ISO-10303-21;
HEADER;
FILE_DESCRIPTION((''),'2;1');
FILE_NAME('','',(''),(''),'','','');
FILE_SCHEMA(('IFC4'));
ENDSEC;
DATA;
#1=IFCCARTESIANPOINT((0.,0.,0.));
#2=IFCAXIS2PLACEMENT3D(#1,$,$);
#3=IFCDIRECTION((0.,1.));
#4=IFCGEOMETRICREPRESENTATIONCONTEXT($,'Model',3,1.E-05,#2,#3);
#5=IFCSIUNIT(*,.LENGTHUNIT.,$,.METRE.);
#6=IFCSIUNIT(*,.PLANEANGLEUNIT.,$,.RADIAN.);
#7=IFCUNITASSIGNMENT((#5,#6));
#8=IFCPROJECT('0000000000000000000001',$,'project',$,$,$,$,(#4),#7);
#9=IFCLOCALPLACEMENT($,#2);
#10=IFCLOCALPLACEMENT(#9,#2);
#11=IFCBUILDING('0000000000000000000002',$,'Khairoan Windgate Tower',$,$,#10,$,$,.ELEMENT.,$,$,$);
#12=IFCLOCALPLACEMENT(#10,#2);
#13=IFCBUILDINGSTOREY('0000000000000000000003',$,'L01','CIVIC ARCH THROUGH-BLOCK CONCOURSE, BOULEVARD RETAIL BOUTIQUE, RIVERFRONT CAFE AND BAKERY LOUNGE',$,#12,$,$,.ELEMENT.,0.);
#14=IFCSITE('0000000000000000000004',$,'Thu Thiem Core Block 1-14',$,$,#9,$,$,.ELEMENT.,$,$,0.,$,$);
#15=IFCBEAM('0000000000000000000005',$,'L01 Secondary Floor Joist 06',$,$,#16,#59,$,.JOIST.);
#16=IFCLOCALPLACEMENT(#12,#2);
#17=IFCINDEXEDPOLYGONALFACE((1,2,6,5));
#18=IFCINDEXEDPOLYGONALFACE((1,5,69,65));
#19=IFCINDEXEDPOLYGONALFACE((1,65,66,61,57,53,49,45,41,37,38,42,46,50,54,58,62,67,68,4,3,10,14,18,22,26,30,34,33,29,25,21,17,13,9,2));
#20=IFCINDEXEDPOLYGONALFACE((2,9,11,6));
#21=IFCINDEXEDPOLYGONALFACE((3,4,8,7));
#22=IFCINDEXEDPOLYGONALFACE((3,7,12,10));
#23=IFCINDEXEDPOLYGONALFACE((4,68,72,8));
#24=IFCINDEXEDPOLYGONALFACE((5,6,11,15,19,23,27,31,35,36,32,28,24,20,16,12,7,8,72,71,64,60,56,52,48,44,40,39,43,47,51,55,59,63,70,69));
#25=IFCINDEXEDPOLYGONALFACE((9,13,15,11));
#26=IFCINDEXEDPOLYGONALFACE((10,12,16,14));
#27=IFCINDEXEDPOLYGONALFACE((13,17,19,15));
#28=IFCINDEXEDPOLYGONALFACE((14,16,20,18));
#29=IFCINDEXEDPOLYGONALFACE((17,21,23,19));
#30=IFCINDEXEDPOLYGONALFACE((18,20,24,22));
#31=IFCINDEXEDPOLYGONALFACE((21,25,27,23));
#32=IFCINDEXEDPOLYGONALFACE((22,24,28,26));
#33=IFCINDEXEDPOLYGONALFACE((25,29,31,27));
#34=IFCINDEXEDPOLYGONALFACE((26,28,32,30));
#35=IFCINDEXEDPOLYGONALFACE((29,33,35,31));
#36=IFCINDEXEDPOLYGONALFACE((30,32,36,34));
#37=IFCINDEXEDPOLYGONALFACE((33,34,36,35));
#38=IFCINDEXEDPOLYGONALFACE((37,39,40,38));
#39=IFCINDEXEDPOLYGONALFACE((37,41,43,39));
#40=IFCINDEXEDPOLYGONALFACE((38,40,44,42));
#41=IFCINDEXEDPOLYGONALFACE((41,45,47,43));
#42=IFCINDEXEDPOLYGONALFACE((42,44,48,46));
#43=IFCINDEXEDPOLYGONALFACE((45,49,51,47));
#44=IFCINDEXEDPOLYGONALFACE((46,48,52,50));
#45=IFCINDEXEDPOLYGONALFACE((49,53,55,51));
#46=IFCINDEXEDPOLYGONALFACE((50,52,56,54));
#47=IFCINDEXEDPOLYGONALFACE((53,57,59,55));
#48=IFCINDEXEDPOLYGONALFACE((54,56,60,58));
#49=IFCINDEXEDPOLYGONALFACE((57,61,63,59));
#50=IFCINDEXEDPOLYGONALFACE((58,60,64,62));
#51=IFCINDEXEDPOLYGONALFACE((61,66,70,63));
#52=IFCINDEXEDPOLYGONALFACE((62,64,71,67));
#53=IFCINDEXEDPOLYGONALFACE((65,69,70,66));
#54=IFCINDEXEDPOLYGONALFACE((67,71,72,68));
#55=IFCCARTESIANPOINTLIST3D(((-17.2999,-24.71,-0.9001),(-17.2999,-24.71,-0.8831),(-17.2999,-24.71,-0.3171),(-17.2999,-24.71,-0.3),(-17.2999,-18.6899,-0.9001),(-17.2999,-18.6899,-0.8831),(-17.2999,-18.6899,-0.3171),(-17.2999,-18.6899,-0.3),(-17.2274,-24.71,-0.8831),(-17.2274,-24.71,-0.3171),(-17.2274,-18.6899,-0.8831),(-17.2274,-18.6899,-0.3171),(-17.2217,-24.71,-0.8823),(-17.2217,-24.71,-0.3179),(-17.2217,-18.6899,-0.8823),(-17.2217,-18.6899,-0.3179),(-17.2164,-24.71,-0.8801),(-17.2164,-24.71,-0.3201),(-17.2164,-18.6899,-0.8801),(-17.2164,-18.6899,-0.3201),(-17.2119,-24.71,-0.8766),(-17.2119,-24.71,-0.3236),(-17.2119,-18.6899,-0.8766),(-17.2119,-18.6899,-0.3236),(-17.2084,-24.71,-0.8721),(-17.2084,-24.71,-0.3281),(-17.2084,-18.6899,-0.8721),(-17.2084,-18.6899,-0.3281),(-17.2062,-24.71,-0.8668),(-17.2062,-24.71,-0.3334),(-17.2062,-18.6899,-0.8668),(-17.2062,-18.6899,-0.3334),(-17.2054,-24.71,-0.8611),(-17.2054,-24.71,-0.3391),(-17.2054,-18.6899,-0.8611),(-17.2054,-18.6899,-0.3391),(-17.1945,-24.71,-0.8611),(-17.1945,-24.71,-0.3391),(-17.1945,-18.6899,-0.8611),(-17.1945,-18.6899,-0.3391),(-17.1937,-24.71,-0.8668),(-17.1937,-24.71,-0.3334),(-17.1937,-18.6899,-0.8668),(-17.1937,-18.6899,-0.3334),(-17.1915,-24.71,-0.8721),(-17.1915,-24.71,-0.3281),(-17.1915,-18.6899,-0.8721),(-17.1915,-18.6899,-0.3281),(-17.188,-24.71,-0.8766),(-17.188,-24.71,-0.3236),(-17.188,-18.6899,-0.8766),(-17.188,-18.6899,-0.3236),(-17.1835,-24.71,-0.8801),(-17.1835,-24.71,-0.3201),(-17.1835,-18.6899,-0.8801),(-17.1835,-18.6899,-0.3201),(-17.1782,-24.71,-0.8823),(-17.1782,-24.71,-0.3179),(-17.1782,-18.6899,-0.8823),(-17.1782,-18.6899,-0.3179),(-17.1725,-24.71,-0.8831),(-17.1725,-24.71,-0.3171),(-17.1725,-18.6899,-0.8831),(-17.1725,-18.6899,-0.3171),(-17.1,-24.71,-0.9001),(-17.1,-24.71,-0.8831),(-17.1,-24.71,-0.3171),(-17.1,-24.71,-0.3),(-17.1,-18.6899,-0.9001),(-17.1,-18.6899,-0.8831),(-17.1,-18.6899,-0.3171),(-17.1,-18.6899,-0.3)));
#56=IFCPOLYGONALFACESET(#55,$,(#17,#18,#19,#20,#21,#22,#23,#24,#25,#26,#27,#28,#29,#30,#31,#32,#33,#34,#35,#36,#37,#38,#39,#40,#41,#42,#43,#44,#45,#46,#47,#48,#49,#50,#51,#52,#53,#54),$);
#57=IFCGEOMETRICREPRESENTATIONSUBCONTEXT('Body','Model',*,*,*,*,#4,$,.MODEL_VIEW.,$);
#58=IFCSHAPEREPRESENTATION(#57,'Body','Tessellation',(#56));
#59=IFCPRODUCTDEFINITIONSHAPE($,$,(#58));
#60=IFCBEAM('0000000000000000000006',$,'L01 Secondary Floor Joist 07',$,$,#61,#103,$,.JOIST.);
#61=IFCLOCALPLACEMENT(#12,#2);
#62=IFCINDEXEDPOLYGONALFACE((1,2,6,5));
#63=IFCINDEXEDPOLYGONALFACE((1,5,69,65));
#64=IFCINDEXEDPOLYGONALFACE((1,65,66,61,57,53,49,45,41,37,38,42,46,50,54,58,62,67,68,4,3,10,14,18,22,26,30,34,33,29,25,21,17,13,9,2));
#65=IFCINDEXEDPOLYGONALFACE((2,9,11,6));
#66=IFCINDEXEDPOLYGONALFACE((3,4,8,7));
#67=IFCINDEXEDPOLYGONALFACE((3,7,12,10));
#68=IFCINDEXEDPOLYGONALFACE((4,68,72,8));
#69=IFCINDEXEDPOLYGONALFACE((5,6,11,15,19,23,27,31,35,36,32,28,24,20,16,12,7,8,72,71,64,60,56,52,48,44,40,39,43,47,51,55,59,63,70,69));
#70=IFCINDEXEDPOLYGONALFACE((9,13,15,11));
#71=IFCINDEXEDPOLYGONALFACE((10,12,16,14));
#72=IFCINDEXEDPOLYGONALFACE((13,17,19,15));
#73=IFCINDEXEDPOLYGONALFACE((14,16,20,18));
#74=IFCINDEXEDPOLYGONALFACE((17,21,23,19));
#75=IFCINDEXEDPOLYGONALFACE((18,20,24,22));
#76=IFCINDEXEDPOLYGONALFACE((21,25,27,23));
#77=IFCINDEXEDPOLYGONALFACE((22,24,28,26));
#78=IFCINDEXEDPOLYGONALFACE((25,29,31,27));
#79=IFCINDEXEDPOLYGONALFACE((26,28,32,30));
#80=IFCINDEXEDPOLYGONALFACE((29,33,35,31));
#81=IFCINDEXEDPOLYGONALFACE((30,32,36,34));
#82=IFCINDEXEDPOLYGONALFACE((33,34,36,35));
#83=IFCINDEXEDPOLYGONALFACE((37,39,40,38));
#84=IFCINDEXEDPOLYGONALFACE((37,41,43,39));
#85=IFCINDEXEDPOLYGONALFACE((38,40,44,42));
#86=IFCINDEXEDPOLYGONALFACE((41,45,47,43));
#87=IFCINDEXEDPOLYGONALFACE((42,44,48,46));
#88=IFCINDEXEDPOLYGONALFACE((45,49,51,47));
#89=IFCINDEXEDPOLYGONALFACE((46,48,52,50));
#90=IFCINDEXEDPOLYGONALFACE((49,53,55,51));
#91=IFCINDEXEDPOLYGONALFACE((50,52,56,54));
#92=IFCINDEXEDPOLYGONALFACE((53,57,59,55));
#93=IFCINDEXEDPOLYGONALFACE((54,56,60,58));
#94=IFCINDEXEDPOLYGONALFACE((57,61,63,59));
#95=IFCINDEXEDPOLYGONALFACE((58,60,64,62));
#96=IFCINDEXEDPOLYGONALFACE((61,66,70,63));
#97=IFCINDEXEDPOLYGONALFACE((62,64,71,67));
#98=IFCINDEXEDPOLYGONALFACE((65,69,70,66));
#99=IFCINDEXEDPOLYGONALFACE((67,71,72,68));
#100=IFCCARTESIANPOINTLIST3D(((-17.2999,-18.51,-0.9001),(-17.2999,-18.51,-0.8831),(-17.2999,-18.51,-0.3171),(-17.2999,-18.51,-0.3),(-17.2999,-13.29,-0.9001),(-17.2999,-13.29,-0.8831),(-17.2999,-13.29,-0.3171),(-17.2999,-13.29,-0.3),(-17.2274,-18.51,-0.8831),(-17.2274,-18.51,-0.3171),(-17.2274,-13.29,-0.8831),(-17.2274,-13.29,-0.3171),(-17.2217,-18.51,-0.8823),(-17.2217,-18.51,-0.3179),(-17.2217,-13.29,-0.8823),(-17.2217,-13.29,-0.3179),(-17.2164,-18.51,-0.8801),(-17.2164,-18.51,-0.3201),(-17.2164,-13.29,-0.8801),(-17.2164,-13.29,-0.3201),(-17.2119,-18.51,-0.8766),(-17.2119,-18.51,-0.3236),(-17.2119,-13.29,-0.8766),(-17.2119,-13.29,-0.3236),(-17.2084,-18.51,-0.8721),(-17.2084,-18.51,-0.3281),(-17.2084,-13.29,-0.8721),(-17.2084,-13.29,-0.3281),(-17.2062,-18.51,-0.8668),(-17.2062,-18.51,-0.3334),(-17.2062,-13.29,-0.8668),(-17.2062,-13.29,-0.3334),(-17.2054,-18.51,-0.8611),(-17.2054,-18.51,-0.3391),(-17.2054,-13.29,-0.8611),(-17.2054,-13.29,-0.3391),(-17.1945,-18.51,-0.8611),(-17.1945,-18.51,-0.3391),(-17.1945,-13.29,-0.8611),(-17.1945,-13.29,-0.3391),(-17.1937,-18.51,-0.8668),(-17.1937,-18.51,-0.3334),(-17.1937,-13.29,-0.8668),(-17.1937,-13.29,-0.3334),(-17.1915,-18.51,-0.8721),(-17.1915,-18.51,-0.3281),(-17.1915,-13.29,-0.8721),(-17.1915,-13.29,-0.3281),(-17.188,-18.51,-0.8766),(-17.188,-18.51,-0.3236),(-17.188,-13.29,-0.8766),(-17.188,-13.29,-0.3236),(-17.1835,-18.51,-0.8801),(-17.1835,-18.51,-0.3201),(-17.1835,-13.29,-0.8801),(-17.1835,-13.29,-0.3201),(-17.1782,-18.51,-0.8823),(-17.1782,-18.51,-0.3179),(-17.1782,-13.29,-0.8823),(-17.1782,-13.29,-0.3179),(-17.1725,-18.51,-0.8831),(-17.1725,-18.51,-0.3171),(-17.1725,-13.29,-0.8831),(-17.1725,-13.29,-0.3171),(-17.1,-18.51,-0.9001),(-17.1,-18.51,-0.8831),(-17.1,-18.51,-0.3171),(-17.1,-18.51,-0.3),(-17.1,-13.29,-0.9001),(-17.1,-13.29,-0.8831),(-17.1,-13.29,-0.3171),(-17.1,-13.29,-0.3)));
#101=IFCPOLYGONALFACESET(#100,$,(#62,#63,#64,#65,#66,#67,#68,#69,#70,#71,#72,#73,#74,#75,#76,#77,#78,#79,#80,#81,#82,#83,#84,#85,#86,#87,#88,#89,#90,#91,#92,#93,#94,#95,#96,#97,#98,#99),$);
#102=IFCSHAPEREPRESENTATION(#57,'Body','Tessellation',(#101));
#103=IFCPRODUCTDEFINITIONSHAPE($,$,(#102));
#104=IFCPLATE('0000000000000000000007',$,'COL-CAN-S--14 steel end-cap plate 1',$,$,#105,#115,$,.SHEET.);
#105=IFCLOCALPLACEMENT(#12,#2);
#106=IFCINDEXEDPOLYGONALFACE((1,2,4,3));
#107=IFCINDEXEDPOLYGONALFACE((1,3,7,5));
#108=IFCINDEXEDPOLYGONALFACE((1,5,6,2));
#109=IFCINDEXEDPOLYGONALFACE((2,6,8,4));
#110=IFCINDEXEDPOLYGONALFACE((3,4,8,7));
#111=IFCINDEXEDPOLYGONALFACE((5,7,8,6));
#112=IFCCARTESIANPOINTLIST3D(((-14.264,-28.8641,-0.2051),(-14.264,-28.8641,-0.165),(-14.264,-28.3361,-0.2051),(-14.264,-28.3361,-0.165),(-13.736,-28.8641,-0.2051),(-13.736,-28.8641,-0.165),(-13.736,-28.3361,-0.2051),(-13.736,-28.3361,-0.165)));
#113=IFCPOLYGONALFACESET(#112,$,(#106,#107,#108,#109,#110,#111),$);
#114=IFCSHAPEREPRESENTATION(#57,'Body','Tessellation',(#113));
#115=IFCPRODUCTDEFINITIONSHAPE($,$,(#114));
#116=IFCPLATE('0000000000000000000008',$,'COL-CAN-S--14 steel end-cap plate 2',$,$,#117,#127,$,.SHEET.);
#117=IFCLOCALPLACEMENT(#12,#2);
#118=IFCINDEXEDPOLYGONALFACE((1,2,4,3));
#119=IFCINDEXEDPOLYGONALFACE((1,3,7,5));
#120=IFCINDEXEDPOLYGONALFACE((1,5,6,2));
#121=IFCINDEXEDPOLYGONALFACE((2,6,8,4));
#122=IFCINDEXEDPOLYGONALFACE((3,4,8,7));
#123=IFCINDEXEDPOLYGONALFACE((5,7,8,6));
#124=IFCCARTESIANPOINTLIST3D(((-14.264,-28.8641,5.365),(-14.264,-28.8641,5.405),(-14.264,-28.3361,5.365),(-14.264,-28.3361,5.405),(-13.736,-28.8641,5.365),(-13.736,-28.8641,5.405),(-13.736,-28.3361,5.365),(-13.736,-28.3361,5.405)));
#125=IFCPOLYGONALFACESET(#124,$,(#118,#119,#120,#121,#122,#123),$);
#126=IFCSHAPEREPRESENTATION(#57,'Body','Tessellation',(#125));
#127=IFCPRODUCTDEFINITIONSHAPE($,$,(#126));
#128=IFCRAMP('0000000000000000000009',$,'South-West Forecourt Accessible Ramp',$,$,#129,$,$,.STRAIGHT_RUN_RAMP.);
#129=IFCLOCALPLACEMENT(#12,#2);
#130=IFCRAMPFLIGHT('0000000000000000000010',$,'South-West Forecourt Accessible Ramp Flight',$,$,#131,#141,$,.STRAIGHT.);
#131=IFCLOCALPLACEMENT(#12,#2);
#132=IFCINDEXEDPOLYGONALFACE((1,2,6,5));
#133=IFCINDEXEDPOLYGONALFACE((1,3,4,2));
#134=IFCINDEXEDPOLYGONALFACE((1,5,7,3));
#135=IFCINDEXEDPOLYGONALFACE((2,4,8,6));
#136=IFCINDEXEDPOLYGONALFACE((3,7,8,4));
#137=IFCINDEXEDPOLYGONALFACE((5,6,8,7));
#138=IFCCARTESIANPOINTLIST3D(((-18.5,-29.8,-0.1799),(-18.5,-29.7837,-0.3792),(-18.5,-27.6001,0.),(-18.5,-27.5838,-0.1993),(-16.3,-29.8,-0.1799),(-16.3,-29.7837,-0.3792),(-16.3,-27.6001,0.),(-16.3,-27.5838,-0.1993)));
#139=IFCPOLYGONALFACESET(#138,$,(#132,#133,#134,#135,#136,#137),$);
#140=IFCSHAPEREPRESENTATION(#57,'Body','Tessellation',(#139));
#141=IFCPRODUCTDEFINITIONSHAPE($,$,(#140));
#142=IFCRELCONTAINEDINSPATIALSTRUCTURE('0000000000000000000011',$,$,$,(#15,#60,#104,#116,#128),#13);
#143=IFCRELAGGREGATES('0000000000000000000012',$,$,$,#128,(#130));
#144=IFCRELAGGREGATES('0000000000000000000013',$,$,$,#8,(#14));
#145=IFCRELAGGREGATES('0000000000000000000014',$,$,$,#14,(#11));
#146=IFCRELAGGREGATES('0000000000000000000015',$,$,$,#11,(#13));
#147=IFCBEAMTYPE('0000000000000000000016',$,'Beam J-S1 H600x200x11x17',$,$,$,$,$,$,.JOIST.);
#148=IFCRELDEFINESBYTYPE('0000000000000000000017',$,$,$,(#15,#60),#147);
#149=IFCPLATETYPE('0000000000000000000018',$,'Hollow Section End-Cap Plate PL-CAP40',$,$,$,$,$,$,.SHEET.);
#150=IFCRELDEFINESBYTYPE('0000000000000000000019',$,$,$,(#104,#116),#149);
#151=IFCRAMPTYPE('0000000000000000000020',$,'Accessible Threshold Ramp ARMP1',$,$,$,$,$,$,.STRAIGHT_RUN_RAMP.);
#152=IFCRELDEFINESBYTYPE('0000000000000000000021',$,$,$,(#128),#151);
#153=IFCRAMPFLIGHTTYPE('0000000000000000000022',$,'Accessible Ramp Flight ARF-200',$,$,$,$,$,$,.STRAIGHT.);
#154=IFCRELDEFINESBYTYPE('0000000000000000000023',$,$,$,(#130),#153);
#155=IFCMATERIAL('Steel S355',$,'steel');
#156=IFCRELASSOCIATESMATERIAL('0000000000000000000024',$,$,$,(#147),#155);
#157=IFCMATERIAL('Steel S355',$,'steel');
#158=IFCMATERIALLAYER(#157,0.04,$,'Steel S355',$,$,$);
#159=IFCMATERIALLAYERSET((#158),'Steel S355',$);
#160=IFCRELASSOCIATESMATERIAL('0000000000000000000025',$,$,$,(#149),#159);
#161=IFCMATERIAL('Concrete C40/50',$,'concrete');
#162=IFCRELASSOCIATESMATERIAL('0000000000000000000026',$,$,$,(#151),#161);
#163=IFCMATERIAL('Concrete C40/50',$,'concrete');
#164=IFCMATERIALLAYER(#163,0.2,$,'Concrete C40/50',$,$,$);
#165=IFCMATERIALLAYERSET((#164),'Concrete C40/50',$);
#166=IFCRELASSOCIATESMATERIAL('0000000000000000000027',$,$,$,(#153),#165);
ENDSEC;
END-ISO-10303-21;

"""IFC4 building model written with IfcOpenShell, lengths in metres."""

from ifc_helpers import new_model, si_unit, direction, frame, origin, origin_2d, place, context, subcontext, project, spatial, polyline, rectangle, i_section, outline, extrude, material, layer, layer_set, material_profile, profile_set, type_object, element, aggregate, save


model = new_model("IFC4")

# Units and contexts
model_context = context("Model", 3, precision=1e-05, world=origin(), true_north=direction((0.0, 1.0)))
body_context = subcontext(model_context, "Body", "Model", "MODEL_VIEW")
ifc_project = project(units=[si_unit("LENGTHUNIT", "METRE"), si_unit("PLANEANGLEUNIT", "RADIAN")], contexts=[model_context])

# Site, building, storey
site_placement = place(None, origin())
site = spatial("IfcSite", under=ifc_project, at=site_placement, Name="Thu Thiem Core Block 1-14", CompositionType="ELEMENT", RefElevation=0.0)
building_placement = place(site_placement, origin())
building = spatial("IfcBuilding", under=site, at=building_placement, Name="Khairoan Windgate Tower", CompositionType="ELEMENT")
storey_placement = place(building_placement, origin())
storey = spatial("IfcBuildingStorey", under=building, at=storey_placement, Name="L01", Description="CIVIC ARCH THROUGH-BLOCK CONCOURSE, BOULEVARD RETAIL BOUTIQUE, RIVERFRONT CAFE AND BAKERY LOUNGE", CompositionType="ELEMENT", Elevation=0.0)

# Beams
ifc_material_1 = material(Name="Steel S355", Category="steel")
ifc_material_profile_1 = material_profile(ifc_material_1, i_section(OverallWidth=0.2, OverallDepth=0.6001, WebThickness=0.011, FlangeThickness=0.0171, FilletRadius=0.022, at=origin_2d()))
ifc_profile_set_1 = profile_set([ifc_material_profile_1], Name="Steel S355")
beam_type_1 = type_object("IfcBeamType", Name="Beam J-S1 H600x200x11x17", PredefinedType="JOIST", material=ifc_profile_set_1)
beam_1_placement = place(storey_placement, frame((-17.2, -24.71, -0.6001), z_axis=(0.0, 1.0, 0.0), x_axis=(-1.0, 0.0, 0.0)))
element("IfcBeam", 1, at=beam_1_placement, inside=storey, type_object=beam_type_1, Name="L01 Secondary Floor Joist 06", PredefinedType="JOIST", context=body_context, shape_type="SweptSolid", body=[
    extrude(i_section(OverallWidth=0.2, OverallDepth=0.6001, WebThickness=0.011, FlangeThickness=0.0171, FilletRadius=0.022, at=origin_2d()), origin(), (0.0, 0.0, 1.0), 6.02),
])
beam_2_placement = place(storey_placement, frame((-17.2, -18.51, -0.6001), z_axis=(0.0, 1.0, 0.0), x_axis=(-1.0, 0.0, 0.0)))
element("IfcBeam", 2, at=beam_2_placement, inside=storey, type_object=beam_type_1, Name="L01 Secondary Floor Joist 07", PredefinedType="JOIST", context=body_context, shape_type="SweptSolid", body=[
    extrude(i_section(OverallWidth=0.2, OverallDepth=0.6001, WebThickness=0.011, FlangeThickness=0.0171, FilletRadius=0.022, at=origin_2d()), origin(), (0.0, 0.0, 1.0), 5.22),
])

# Plates
ifc_material_2 = material(Name="Steel S355", Category="steel")
ifc_layer_1 = layer(ifc_material_2, 0.04, Name="Steel S355")
ifc_layer_set_1 = layer_set([ifc_layer_1], Name="Steel S355")
plate_type = type_object("IfcPlateType", Name="Hollow Section End-Cap Plate PL-CAP40", PredefinedType="SHEET", material=ifc_layer_set_1)
for number, where, z_axis, x_axis, name in (
    (3, (-14.0, -28.6001, -0.2051), (0.0, 0.0, 1.0), (1.0, 0.0, 0.0), "COL-CAN-S--14 steel end-cap plate 1"),
    (4, (-14.0, -28.6001, 5.365), (0.0, 0.0, 1.0), (1.0, 0.0, 0.0), "COL-CAN-S--14 steel end-cap plate 2"),
):
    element("IfcPlate", number, at=place(storey_placement, frame(where, z_axis=z_axis, x_axis=x_axis)), inside=storey, type_object=plate_type, Name=name, PredefinedType="SHEET", context=body_context, shape_type="SweptSolid", body=[
        extrude(rectangle(XDim=0.5281, YDim=0.5281, at=origin_2d()), origin(), (0.0, 0.0, 1.0), 0.04),
    ])

# Ramp, ramp flight
ifc_material_3 = material(Name="Concrete C40/50", Category="concrete")
ramp_type = type_object("IfcRampType", Name="Accessible Threshold Ramp ARMP1", PredefinedType="STRAIGHT_RUN_RAMP", material=ifc_material_3)
ramp_placement = place(storey_placement, origin())
ramp = element("IfcRamp", 5, at=ramp_placement, inside=storey, type_object=ramp_type, Name="South-West Forecourt Accessible Ramp", PredefinedType="STRAIGHT_RUN_RAMP")
ifc_material_4 = material(Name="Concrete C40/50", Category="concrete")
ifc_layer_2 = layer(ifc_material_4, 0.2, Name="Concrete C40/50")
ifc_layer_set_2 = layer_set([ifc_layer_2], Name="Concrete C40/50")
ramp_flight_type = type_object("IfcRampFlightType", Name="Accessible Ramp Flight ARF-200", PredefinedType="STRAIGHT", material=ifc_layer_set_2)
ramp_flight_placement = place(storey_placement, frame((-18.5, -29.8, -0.1799), z_axis=(0.0, -0.081517, 0.996672), x_axis=(1.0, 0.0, 0.0)))
ramp_flight = element("IfcRampFlight", 6, at=ramp_flight_placement, type_object=ramp_flight_type, Name="South-West Forecourt Accessible Ramp Flight", PredefinedType="STRAIGHT", context=body_context, shape_type="SweptSolid", body=[
    extrude(outline(polyline([(0.0, 0.0), (2.2, 0.0), (2.2, 2.2073), (0.0, 2.2073), (0.0, 0.0)])), origin(), (0.0, 0.0, -1.0), 0.2),
])
aggregate(ramp, [ramp_flight])

save(model, "model.ifc")
